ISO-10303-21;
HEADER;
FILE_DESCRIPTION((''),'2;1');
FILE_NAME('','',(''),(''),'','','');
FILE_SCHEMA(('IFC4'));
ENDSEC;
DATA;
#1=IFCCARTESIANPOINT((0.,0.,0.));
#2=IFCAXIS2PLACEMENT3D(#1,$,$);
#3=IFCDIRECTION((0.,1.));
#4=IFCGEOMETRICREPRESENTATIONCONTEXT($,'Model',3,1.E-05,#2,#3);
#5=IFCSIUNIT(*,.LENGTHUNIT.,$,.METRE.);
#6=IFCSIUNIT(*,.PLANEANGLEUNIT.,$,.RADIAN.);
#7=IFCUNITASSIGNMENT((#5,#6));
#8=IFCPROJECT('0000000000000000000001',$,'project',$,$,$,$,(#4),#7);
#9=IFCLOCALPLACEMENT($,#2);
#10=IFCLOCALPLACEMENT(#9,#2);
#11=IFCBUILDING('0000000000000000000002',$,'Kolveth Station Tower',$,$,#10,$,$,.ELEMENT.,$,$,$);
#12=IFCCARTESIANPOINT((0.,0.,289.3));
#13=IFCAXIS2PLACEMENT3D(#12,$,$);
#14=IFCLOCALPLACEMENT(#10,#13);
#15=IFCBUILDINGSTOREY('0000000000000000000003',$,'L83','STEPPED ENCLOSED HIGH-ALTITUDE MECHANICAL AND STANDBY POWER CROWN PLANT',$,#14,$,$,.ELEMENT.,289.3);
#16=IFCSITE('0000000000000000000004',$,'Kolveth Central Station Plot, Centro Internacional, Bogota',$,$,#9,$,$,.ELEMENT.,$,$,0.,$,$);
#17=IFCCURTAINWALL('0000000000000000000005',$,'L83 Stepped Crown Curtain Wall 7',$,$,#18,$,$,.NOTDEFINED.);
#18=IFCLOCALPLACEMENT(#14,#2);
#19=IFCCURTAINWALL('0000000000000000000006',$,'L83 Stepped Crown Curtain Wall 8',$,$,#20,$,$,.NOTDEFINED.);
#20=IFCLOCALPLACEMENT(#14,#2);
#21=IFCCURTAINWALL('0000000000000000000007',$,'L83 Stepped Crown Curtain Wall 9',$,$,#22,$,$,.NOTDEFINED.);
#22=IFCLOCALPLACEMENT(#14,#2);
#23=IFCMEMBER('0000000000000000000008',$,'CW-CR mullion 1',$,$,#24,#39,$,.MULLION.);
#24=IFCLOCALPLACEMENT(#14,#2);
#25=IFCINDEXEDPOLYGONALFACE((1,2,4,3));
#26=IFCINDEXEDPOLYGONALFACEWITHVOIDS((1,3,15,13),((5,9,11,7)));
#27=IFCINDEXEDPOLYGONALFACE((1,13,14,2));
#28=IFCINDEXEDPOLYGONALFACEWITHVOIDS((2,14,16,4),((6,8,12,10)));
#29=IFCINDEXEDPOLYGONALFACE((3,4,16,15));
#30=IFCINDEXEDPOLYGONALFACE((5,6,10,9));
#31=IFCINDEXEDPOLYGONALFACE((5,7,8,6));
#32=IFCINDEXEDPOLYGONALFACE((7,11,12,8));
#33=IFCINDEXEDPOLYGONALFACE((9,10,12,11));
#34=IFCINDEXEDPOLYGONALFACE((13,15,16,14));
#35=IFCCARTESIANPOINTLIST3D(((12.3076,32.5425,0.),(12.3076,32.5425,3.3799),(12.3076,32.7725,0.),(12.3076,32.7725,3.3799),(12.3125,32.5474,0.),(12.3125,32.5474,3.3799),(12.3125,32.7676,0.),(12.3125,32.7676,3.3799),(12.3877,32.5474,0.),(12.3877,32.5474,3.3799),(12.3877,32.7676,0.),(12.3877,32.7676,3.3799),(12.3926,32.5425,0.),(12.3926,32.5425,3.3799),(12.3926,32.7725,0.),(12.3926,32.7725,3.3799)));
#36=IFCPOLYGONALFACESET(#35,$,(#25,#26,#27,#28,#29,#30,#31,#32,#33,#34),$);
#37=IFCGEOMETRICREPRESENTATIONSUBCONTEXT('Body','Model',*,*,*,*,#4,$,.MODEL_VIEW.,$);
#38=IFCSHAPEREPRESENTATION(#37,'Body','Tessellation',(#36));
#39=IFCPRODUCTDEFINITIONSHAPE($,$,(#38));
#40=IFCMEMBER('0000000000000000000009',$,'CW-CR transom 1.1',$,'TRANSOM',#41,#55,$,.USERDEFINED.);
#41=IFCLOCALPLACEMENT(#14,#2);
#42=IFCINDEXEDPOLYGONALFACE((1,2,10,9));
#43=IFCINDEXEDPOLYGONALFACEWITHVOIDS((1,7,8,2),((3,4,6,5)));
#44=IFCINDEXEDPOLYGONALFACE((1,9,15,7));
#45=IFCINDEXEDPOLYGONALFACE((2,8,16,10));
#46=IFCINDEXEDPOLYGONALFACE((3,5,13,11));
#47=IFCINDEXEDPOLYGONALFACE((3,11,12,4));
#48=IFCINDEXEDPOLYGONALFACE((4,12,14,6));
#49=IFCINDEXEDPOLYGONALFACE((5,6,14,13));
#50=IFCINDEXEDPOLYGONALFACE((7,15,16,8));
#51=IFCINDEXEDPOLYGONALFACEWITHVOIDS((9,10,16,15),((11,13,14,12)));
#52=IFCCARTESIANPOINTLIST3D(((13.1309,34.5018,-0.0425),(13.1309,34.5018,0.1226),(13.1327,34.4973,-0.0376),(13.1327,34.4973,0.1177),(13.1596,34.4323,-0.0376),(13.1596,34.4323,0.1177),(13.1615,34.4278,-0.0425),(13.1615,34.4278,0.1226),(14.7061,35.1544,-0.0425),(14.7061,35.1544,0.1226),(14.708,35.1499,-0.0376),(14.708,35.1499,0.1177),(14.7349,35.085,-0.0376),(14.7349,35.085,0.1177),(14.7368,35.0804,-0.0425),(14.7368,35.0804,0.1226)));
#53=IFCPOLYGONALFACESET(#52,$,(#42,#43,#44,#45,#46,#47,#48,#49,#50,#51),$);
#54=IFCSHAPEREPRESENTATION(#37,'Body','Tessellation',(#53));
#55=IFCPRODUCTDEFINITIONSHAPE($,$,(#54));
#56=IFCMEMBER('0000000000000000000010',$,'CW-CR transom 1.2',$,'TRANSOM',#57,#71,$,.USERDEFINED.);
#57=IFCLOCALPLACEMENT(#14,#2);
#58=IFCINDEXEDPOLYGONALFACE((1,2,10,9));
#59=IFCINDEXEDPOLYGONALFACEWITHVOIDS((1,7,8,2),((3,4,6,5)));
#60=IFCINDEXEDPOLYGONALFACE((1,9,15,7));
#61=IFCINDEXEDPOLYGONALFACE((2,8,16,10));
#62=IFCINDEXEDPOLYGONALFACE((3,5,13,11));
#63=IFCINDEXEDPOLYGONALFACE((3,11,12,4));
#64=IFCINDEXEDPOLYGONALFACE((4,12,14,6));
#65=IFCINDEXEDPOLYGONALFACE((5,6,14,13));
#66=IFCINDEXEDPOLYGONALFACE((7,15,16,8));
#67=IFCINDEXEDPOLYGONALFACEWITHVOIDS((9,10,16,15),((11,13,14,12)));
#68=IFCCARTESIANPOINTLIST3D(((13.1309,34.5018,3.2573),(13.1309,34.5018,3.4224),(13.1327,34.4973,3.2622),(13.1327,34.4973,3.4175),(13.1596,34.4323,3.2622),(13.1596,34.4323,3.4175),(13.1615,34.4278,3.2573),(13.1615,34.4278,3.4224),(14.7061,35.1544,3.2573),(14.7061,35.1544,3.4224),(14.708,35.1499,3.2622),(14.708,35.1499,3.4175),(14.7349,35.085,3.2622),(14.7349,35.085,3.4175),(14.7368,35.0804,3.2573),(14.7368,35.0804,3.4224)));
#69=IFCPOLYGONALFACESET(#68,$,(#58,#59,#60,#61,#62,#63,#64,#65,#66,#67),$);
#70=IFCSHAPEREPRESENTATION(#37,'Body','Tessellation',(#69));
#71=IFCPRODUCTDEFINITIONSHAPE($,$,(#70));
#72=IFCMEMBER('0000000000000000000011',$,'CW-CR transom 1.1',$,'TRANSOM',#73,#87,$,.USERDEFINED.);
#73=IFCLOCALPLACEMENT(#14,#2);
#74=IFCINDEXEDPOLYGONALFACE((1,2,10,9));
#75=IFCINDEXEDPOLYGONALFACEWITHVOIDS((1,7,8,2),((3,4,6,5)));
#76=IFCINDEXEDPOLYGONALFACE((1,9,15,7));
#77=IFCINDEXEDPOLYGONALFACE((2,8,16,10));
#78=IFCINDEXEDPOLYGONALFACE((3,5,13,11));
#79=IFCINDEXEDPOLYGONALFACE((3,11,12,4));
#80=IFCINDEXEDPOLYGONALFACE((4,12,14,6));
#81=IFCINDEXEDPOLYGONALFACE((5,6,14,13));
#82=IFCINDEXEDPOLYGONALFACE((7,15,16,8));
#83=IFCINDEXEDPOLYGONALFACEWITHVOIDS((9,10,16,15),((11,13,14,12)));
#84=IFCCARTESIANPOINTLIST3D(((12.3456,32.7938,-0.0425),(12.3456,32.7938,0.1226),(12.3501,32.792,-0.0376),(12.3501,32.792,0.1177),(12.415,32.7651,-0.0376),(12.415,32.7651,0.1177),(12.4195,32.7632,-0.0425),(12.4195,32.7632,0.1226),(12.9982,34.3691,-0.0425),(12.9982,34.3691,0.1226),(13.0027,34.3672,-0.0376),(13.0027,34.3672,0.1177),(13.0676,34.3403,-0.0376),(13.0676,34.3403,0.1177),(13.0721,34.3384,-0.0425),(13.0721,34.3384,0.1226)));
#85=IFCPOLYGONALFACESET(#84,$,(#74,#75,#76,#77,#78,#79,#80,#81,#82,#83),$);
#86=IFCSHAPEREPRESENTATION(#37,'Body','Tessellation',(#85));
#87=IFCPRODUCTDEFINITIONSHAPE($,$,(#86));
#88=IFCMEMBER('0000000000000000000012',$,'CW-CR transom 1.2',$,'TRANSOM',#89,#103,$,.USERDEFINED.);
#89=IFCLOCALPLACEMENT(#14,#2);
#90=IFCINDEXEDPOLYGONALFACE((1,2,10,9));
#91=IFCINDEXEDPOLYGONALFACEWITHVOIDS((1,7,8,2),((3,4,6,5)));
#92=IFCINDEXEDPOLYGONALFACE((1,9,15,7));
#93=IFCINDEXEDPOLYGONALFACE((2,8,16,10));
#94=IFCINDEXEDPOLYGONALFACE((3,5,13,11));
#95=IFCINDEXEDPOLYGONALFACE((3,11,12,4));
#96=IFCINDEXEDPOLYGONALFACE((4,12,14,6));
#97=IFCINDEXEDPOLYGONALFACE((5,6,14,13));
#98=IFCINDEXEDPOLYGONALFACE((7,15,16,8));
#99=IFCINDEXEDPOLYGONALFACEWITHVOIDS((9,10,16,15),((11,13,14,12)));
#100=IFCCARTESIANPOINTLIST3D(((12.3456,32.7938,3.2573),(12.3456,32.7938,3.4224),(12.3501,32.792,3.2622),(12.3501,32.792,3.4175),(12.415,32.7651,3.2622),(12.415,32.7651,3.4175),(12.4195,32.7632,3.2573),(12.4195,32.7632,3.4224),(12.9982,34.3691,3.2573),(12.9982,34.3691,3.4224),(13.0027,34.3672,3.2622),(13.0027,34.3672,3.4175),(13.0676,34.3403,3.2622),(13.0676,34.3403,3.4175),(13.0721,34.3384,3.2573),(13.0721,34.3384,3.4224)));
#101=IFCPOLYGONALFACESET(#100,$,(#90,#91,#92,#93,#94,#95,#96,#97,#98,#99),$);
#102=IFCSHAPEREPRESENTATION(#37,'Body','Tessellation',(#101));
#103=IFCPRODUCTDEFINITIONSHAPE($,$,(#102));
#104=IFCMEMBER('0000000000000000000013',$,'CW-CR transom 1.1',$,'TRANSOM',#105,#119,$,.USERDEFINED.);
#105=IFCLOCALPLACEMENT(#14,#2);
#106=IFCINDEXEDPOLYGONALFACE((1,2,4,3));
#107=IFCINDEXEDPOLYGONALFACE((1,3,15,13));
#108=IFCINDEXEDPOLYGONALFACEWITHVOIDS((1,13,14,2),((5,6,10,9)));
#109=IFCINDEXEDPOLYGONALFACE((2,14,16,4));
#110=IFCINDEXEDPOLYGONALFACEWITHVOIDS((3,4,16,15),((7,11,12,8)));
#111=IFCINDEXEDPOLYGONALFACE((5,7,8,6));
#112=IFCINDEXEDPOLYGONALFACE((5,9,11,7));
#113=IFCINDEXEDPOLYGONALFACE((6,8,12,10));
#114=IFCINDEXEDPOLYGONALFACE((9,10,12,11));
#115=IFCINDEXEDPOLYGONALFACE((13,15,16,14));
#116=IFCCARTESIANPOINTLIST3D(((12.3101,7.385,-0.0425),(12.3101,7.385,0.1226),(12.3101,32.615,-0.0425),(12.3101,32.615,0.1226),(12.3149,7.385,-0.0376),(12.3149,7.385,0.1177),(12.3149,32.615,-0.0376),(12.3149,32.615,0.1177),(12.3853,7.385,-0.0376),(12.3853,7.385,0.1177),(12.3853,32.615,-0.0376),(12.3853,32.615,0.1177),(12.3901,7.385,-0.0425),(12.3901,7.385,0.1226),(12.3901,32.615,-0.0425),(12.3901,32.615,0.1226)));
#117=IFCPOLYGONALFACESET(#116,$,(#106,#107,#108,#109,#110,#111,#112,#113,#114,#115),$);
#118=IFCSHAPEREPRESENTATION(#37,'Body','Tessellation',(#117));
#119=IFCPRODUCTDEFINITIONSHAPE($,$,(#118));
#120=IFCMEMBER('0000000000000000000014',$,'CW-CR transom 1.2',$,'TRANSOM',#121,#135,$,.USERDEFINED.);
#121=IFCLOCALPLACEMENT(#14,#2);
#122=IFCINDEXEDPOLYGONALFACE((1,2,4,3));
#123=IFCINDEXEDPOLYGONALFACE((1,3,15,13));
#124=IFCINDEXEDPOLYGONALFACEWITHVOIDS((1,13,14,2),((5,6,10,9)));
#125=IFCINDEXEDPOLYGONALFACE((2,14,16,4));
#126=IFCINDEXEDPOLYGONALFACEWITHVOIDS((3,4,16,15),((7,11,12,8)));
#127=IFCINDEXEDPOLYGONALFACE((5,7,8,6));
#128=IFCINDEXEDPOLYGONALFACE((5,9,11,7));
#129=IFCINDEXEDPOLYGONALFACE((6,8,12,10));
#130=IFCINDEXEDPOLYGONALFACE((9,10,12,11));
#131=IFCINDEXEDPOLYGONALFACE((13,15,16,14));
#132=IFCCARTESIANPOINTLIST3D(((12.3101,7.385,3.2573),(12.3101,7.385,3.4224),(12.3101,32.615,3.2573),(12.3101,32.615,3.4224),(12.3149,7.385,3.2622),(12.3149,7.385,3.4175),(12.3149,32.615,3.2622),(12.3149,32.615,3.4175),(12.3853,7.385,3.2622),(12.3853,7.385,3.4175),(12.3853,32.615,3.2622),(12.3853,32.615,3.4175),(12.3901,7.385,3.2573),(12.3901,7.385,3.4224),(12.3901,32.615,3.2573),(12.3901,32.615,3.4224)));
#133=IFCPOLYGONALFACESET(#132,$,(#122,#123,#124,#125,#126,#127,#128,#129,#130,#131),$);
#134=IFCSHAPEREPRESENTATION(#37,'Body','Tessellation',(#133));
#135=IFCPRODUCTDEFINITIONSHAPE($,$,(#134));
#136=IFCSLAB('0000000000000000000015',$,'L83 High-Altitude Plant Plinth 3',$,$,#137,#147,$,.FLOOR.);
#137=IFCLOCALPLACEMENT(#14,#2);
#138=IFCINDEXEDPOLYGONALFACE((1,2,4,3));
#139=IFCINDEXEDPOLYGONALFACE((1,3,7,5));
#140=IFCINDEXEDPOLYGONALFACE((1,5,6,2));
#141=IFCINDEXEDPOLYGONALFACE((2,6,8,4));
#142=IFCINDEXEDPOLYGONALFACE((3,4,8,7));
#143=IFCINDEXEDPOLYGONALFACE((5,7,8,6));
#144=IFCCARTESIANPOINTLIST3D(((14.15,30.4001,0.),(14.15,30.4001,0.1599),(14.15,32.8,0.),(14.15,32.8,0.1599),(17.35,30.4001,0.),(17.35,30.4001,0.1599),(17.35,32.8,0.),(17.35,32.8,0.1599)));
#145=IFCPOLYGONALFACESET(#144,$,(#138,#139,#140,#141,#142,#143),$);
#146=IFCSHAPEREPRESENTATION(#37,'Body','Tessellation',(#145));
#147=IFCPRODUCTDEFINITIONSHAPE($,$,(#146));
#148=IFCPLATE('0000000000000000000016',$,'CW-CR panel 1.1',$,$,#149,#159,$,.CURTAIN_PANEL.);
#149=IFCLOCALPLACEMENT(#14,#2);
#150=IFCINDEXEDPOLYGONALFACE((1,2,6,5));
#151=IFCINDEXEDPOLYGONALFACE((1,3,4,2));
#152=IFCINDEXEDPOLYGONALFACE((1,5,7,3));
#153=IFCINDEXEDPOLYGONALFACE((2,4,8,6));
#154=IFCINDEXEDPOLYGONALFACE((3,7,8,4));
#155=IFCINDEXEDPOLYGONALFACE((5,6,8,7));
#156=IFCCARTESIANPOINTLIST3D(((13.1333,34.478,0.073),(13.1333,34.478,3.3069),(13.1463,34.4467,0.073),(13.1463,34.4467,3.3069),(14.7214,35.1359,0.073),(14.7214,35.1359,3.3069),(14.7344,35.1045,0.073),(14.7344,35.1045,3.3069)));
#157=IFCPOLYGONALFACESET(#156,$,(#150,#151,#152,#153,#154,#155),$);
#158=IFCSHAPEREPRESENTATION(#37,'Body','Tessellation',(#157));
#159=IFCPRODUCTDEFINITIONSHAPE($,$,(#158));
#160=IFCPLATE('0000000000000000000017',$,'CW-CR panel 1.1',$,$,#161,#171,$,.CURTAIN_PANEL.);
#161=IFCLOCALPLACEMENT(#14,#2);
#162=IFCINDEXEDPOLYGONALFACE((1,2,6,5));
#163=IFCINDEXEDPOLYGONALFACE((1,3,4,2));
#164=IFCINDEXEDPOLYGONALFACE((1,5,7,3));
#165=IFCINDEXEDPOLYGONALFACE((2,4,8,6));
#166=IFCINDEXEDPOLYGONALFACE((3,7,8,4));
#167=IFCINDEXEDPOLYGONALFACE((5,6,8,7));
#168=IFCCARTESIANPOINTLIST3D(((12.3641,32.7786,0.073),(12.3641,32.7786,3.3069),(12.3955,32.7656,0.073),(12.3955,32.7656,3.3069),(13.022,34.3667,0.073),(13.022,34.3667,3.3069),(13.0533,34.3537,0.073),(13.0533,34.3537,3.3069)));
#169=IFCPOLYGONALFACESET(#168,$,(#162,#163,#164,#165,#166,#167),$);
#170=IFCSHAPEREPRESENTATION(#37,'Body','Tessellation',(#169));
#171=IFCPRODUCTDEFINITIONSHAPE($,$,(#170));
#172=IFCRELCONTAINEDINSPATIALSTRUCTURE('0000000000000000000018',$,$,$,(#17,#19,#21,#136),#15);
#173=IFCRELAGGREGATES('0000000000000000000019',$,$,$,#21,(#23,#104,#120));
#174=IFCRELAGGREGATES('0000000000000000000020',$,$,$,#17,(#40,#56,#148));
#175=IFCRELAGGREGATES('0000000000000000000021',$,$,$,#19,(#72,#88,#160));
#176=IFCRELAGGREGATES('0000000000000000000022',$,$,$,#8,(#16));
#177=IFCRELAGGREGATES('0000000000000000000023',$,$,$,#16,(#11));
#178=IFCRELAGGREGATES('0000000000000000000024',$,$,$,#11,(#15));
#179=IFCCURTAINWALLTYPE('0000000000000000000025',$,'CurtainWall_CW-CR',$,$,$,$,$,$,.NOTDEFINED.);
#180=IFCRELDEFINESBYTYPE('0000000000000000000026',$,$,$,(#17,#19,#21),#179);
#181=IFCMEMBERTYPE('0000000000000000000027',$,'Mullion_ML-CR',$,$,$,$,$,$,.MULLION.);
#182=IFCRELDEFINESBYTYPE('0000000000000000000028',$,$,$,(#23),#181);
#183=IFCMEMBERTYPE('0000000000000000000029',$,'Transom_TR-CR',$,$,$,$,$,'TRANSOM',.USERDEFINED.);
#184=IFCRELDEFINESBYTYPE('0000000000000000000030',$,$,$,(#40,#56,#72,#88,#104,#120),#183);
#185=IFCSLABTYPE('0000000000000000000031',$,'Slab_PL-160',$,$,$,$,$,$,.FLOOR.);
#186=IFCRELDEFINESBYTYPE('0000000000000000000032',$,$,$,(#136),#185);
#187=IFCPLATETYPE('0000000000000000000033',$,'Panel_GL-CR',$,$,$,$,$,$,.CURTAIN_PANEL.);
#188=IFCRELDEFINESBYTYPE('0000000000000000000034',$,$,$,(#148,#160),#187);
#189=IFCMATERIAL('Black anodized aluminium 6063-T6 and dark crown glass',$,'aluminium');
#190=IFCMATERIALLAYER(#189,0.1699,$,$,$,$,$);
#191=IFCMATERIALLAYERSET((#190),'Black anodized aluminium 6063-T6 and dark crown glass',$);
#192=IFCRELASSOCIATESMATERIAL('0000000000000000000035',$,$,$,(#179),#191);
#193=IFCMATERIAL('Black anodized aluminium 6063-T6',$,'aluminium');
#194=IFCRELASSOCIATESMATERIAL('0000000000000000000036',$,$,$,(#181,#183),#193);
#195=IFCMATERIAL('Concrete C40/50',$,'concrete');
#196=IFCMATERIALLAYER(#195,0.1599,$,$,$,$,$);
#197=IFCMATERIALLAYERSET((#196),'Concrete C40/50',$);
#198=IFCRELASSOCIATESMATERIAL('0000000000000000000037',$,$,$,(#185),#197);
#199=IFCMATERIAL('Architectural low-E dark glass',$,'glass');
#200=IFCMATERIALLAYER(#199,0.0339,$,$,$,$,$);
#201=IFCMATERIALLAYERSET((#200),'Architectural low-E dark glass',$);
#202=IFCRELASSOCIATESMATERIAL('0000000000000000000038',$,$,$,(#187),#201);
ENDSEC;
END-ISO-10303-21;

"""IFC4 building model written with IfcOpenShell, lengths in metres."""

from ifc_helpers import new_model, si_unit, direction, frame, origin, origin_2d, place, context, subcontext, project, spatial, rectangle, hollow_rectangle, extrude, source, transform, mapped, material, layer, layer_set, material_profile, profile_set, type_object, element, aggregate, save


model = new_model("IFC4")

# Units and contexts
model_context = context("Model", 3, precision=1e-05, world=origin(), true_north=direction((0.0, 1.0)))
body_context = subcontext(model_context, "Body", "Model", "MODEL_VIEW")
ifc_project = project(units=[si_unit("LENGTHUNIT", "METRE"), si_unit("PLANEANGLEUNIT", "RADIAN")], contexts=[model_context])

# Site, building, storey
site_placement = place(None, origin())
site = spatial("IfcSite", under=ifc_project, at=site_placement, Name="Kolveth Central Station Plot, Centro Internacional, Bogota", CompositionType="ELEMENT", RefElevation=0.0)
building_placement = place(site_placement, origin())
building = spatial("IfcBuilding", under=site, at=building_placement, Name="Kolveth Station Tower", CompositionType="ELEMENT")
storey_placement = place(building_placement, frame((0.0, 0.0, 289.3)))
storey = spatial("IfcBuildingStorey", under=building, at=storey_placement, Name="L83", Description="STEPPED ENCLOSED HIGH-ALTITUDE MECHANICAL AND STANDBY POWER CROWN PLANT", CompositionType="ELEMENT", Elevation=289.3)

# Shared definitions
ifc_material_1 = material(Name="Black anodized aluminium 6063-T6 and dark crown glass", Category="aluminium")
ifc_layer_1 = layer(ifc_material_1, 0.1699)
ifc_layer_set_1 = layer_set([ifc_layer_1], Name="Black anodized aluminium 6063-T6 and dark crown glass")
curtain_wall_type = type_object("IfcCurtainWallType", Name="CurtainWall_CW-CR", PredefinedType="NOTDEFINED", material=ifc_layer_set_1)
ifc_material_2 = material(Name="Black anodized aluminium 6063-T6", Category="aluminium")
ifc_material_profile_1 = material_profile(ifc_material_2, hollow_rectangle(XDim=0.085, YDim=0.23, WallThickness=0.0049, at=origin_2d()), Name="ALU-85x230x5")
ifc_profile_set_1 = profile_set([ifc_material_profile_1], Name="Black anodized aluminium 6063-T6")
member_type_1 = type_object("IfcMemberType", Name="Mullion_ML-CR", PredefinedType="MULLION", material=ifc_profile_set_1)
shared_shape_1 = source(origin(), body_context, "Body", "SweptSolid", [
    extrude(hollow_rectangle(XDim=0.085, YDim=0.23, WallThickness=0.0049, at=origin_2d()), origin(), (0.0, 0.0, 1.0), 3.3799),
])

# Curtain walls
curtain_wall_1_placement = place(storey_placement, origin())
curtain_wall_1 = element("IfcCurtainWall", 1, at=curtain_wall_1_placement, inside=storey, type_object=curtain_wall_type, Name="L83 Stepped Crown Curtain Wall 7", PredefinedType="NOTDEFINED")
curtain_wall_2_placement = place(storey_placement, origin())
curtain_wall_2 = element("IfcCurtainWall", 2, at=curtain_wall_2_placement, inside=storey, type_object=curtain_wall_type, Name="L83 Stepped Crown Curtain Wall 8", PredefinedType="NOTDEFINED")

# Curtain wall, member
curtain_wall_3_placement = place(storey_placement, origin())
curtain_wall_3 = element("IfcCurtainWall", 3, at=curtain_wall_3_placement, inside=storey, type_object=curtain_wall_type, Name="L83 Stepped Crown Curtain Wall 9", PredefinedType="NOTDEFINED")
member_1_placement = place(storey_placement, frame((12.3501, 32.6575, 0.0), z_axis=(0.0, 0.0, 1.0), x_axis=(1.0, 0.0, 0.0)))
member_1 = element("IfcMember", 4, at=member_1_placement, type_object=member_type_1, Name="CW-CR mullion 1", PredefinedType="MULLION", context=body_context, shape_type="MappedRepresentation", body=[
    mapped(shared_shape_1, transform((0.0, 0.0, 0.0), x_axis=(1.0, 0.0, 0.0), y_axis=(0.0, 1.0, 0.0), z_axis=(0.0, 0.0, 1.0), scale=1.0)),
])

# Members
ifc_material_profile_2 = material_profile(ifc_material_2, hollow_rectangle(XDim=0.0801, YDim=0.165, WallThickness=0.0049, at=origin_2d()), Name="ALU-80x165x5")
ifc_profile_set_2 = profile_set([ifc_material_profile_2], Name="Black anodized aluminium 6063-T6")
member_type_2 = type_object("IfcMemberType", Name="Transom_TR-CR", ElementType="TRANSOM", PredefinedType="USERDEFINED", material=ifc_profile_set_2)
shared_shape_2 = source(origin(), body_context, "Body", "SweptSolid", [
    extrude(hollow_rectangle(XDim=0.0801, YDim=0.165, WallThickness=0.0049, at=origin_2d()), origin(), (0.0, 0.0, 1.0), 1.7051),
])
member_2_placement = place(storey_placement, frame((14.7214, 35.1174, 0.04), z_axis=(-0.923855, -0.382744, 0.0), x_axis=(0.382744, -0.923855, 0.0)))
member_2 = element("IfcMember", 5, at=member_2_placement, type_object=member_type_2, Name="CW-CR transom 1.1", ObjectType="TRANSOM", PredefinedType="USERDEFINED", context=body_context, shape_type="MappedRepresentation", body=[
    mapped(shared_shape_2, transform((0.0, 0.0, 0.0), x_axis=(1.0, 0.0, 0.0), y_axis=(0.0, 1.0, 0.0), z_axis=(0.0, 0.0, 1.0), scale=1.0)),
])
member_3_placement = place(storey_placement, frame((14.7214, 35.1174, 3.3398), z_axis=(-0.923855, -0.382744, 0.0), x_axis=(0.382744, -0.923855, 0.0)))
member_3 = element("IfcMember", 6, at=member_3_placement, type_object=member_type_2, Name="CW-CR transom 1.2", ObjectType="TRANSOM", PredefinedType="USERDEFINED", context=body_context, shape_type="MappedRepresentation", body=[
    mapped(shared_shape_2, transform((0.0, 0.0, 0.0), x_axis=(1.0, 0.0, 0.0), y_axis=(0.0, 1.0, 0.0), z_axis=(0.0, 0.0, 1.0), scale=1.0)),
])
member_4_placement = place(storey_placement, frame((13.0352, 34.3538, 0.04), z_axis=(-0.382744, -0.923855, 0.0), x_axis=(0.923855, -0.382744, 0.0)))
member_4 = element("IfcMember", 7, at=member_4_placement, type_object=member_type_2, Name="CW-CR transom 1.1", ObjectType="TRANSOM", PredefinedType="USERDEFINED", context=body_context, shape_type="MappedRepresentation", body=[
    mapped(shared_shape_2, transform((0.0, 0.0, 0.0), x_axis=(1.0, 0.0, 0.0), y_axis=(0.0, 1.0, 0.0), z_axis=(0.0, 0.0, 1.0), scale=1.0)),
])
member_5_placement = place(storey_placement, frame((13.0352, 34.3538, 3.3398), z_axis=(-0.382744, -0.923855, 0.0), x_axis=(0.923855, -0.382744, 0.0)))
member_5 = element("IfcMember", 8, at=member_5_placement, type_object=member_type_2, Name="CW-CR transom 1.2", ObjectType="TRANSOM", PredefinedType="USERDEFINED", context=body_context, shape_type="MappedRepresentation", body=[
    mapped(shared_shape_2, transform((0.0, 0.0, 0.0), x_axis=(1.0, 0.0, 0.0), y_axis=(0.0, 1.0, 0.0), z_axis=(0.0, 0.0, 1.0), scale=1.0)),
])
shared_shape_3 = source(origin(), body_context, "Body", "SweptSolid", [
    extrude(hollow_rectangle(XDim=0.0801, YDim=0.165, WallThickness=0.0049, at=origin_2d()), origin(), (0.0, 0.0, 1.0), 25.23),
])
member_6_placement = place(storey_placement, frame((12.3501, 32.615, 0.04), z_axis=(0.0, -1.0, 0.0), x_axis=(1.0, 0.0, 0.0)))
member_6 = element("IfcMember", 9, at=member_6_placement, type_object=member_type_2, Name="CW-CR transom 1.1", ObjectType="TRANSOM", PredefinedType="USERDEFINED", context=body_context, shape_type="MappedRepresentation", body=[
    mapped(shared_shape_3, transform((0.0, 0.0, 0.0), x_axis=(1.0, 0.0, 0.0), y_axis=(0.0, 1.0, 0.0), z_axis=(0.0, 0.0, 1.0), scale=1.0)),
])
member_7_placement = place(storey_placement, frame((12.3501, 32.615, 3.3398), z_axis=(0.0, -1.0, 0.0), x_axis=(1.0, 0.0, 0.0)))
member_7 = element("IfcMember", 10, at=member_7_placement, type_object=member_type_2, Name="CW-CR transom 1.2", ObjectType="TRANSOM", PredefinedType="USERDEFINED", context=body_context, shape_type="MappedRepresentation", body=[
    mapped(shared_shape_3, transform((0.0, 0.0, 0.0), x_axis=(1.0, 0.0, 0.0), y_axis=(0.0, 1.0, 0.0), z_axis=(0.0, 0.0, 1.0), scale=1.0)),
])
aggregate(curtain_wall_3, [member_1, member_6, member_7])

# Slab
ifc_material_3 = material(Name="Concrete C40/50", Category="concrete")
ifc_layer_2 = layer(ifc_material_3, 0.1599)
ifc_layer_set_2 = layer_set([ifc_layer_2], Name="Concrete C40/50")
slab_type = type_object("IfcSlabType", Name="Slab_PL-160", PredefinedType="FLOOR", material=ifc_layer_set_2)
shared_shape_4 = source(origin(), body_context, "Body", "SweptSolid", [
    extrude(rectangle(XDim=3.2, YDim=2.3999, at=origin_2d()), origin(), (0.0, 0.0, 1.0), 0.1599),
])
slab_placement = place(storey_placement, frame((15.75, 31.6001, 0.0), z_axis=(0.0, 0.0, 1.0), x_axis=(1.0, 0.0, 0.0)))
element("IfcSlab", 11, at=slab_placement, inside=storey, type_object=slab_type, Name="L83 High-Altitude Plant Plinth 3", PredefinedType="FLOOR", context=body_context, shape_type="MappedRepresentation", body=[
    mapped(shared_shape_4, transform((0.0, 0.0, 0.0), x_axis=(1.0, 0.0, 0.0), y_axis=(0.0, 1.0, 0.0), z_axis=(0.0, 0.0, 1.0), scale=1.0)),
])

# Plates
ifc_material_4 = material(Name="Architectural low-E dark glass", Category="glass")
ifc_layer_3 = layer(ifc_material_4, 0.0339)
ifc_layer_set_3 = layer_set([ifc_layer_3], Name="Architectural low-E dark glass")
plate_type = type_object("IfcPlateType", Name="Panel_GL-CR", PredefinedType="CURTAIN_PANEL", material=ifc_layer_set_3)
shared_shape_5 = source(origin(), body_context, "Body", "SweptSolid", [
    extrude(rectangle(XDim=1.719, YDim=0.0339, at=origin_2d()), origin(), (0.0, 0.0, 1.0), 3.2339),
])
plate_1_placement = place(storey_placement, frame((13.9338, 34.7913, 0.073), z_axis=(0.0, 0.0, 1.0), x_axis=(-0.923876, -0.382691, 0.0)))
plate_1 = element("IfcPlate", 12, at=plate_1_placement, type_object=plate_type, Name="CW-CR panel 1.1", PredefinedType="CURTAIN_PANEL", context=body_context, shape_type="MappedRepresentation", body=[
    mapped(shared_shape_5, transform((0.0, 0.0, 0.0), x_axis=(1.0, 0.0, 0.0), y_axis=(0.0, 1.0, 0.0), z_axis=(0.0, 0.0, 1.0), scale=1.0)),
])
aggregate(curtain_wall_1, [member_2, member_3, plate_1])
plate_2_placement = place(storey_placement, frame((12.7087, 33.5662, 0.073), z_axis=(0.0, 0.0, 1.0), x_axis=(-0.382691, -0.923876, 0.0)))
plate_2 = element("IfcPlate", 13, at=plate_2_placement, type_object=plate_type, Name="CW-CR panel 1.1", PredefinedType="CURTAIN_PANEL", context=body_context, shape_type="MappedRepresentation", body=[
    mapped(shared_shape_5, transform((0.0, 0.0, 0.0), x_axis=(1.0, 0.0, 0.0), y_axis=(0.0, 1.0, 0.0), z_axis=(0.0, 0.0, 1.0), scale=1.0)),
])
aggregate(curtain_wall_2, [member_4, member_5, plate_2])

save(model, "model.ifc")
